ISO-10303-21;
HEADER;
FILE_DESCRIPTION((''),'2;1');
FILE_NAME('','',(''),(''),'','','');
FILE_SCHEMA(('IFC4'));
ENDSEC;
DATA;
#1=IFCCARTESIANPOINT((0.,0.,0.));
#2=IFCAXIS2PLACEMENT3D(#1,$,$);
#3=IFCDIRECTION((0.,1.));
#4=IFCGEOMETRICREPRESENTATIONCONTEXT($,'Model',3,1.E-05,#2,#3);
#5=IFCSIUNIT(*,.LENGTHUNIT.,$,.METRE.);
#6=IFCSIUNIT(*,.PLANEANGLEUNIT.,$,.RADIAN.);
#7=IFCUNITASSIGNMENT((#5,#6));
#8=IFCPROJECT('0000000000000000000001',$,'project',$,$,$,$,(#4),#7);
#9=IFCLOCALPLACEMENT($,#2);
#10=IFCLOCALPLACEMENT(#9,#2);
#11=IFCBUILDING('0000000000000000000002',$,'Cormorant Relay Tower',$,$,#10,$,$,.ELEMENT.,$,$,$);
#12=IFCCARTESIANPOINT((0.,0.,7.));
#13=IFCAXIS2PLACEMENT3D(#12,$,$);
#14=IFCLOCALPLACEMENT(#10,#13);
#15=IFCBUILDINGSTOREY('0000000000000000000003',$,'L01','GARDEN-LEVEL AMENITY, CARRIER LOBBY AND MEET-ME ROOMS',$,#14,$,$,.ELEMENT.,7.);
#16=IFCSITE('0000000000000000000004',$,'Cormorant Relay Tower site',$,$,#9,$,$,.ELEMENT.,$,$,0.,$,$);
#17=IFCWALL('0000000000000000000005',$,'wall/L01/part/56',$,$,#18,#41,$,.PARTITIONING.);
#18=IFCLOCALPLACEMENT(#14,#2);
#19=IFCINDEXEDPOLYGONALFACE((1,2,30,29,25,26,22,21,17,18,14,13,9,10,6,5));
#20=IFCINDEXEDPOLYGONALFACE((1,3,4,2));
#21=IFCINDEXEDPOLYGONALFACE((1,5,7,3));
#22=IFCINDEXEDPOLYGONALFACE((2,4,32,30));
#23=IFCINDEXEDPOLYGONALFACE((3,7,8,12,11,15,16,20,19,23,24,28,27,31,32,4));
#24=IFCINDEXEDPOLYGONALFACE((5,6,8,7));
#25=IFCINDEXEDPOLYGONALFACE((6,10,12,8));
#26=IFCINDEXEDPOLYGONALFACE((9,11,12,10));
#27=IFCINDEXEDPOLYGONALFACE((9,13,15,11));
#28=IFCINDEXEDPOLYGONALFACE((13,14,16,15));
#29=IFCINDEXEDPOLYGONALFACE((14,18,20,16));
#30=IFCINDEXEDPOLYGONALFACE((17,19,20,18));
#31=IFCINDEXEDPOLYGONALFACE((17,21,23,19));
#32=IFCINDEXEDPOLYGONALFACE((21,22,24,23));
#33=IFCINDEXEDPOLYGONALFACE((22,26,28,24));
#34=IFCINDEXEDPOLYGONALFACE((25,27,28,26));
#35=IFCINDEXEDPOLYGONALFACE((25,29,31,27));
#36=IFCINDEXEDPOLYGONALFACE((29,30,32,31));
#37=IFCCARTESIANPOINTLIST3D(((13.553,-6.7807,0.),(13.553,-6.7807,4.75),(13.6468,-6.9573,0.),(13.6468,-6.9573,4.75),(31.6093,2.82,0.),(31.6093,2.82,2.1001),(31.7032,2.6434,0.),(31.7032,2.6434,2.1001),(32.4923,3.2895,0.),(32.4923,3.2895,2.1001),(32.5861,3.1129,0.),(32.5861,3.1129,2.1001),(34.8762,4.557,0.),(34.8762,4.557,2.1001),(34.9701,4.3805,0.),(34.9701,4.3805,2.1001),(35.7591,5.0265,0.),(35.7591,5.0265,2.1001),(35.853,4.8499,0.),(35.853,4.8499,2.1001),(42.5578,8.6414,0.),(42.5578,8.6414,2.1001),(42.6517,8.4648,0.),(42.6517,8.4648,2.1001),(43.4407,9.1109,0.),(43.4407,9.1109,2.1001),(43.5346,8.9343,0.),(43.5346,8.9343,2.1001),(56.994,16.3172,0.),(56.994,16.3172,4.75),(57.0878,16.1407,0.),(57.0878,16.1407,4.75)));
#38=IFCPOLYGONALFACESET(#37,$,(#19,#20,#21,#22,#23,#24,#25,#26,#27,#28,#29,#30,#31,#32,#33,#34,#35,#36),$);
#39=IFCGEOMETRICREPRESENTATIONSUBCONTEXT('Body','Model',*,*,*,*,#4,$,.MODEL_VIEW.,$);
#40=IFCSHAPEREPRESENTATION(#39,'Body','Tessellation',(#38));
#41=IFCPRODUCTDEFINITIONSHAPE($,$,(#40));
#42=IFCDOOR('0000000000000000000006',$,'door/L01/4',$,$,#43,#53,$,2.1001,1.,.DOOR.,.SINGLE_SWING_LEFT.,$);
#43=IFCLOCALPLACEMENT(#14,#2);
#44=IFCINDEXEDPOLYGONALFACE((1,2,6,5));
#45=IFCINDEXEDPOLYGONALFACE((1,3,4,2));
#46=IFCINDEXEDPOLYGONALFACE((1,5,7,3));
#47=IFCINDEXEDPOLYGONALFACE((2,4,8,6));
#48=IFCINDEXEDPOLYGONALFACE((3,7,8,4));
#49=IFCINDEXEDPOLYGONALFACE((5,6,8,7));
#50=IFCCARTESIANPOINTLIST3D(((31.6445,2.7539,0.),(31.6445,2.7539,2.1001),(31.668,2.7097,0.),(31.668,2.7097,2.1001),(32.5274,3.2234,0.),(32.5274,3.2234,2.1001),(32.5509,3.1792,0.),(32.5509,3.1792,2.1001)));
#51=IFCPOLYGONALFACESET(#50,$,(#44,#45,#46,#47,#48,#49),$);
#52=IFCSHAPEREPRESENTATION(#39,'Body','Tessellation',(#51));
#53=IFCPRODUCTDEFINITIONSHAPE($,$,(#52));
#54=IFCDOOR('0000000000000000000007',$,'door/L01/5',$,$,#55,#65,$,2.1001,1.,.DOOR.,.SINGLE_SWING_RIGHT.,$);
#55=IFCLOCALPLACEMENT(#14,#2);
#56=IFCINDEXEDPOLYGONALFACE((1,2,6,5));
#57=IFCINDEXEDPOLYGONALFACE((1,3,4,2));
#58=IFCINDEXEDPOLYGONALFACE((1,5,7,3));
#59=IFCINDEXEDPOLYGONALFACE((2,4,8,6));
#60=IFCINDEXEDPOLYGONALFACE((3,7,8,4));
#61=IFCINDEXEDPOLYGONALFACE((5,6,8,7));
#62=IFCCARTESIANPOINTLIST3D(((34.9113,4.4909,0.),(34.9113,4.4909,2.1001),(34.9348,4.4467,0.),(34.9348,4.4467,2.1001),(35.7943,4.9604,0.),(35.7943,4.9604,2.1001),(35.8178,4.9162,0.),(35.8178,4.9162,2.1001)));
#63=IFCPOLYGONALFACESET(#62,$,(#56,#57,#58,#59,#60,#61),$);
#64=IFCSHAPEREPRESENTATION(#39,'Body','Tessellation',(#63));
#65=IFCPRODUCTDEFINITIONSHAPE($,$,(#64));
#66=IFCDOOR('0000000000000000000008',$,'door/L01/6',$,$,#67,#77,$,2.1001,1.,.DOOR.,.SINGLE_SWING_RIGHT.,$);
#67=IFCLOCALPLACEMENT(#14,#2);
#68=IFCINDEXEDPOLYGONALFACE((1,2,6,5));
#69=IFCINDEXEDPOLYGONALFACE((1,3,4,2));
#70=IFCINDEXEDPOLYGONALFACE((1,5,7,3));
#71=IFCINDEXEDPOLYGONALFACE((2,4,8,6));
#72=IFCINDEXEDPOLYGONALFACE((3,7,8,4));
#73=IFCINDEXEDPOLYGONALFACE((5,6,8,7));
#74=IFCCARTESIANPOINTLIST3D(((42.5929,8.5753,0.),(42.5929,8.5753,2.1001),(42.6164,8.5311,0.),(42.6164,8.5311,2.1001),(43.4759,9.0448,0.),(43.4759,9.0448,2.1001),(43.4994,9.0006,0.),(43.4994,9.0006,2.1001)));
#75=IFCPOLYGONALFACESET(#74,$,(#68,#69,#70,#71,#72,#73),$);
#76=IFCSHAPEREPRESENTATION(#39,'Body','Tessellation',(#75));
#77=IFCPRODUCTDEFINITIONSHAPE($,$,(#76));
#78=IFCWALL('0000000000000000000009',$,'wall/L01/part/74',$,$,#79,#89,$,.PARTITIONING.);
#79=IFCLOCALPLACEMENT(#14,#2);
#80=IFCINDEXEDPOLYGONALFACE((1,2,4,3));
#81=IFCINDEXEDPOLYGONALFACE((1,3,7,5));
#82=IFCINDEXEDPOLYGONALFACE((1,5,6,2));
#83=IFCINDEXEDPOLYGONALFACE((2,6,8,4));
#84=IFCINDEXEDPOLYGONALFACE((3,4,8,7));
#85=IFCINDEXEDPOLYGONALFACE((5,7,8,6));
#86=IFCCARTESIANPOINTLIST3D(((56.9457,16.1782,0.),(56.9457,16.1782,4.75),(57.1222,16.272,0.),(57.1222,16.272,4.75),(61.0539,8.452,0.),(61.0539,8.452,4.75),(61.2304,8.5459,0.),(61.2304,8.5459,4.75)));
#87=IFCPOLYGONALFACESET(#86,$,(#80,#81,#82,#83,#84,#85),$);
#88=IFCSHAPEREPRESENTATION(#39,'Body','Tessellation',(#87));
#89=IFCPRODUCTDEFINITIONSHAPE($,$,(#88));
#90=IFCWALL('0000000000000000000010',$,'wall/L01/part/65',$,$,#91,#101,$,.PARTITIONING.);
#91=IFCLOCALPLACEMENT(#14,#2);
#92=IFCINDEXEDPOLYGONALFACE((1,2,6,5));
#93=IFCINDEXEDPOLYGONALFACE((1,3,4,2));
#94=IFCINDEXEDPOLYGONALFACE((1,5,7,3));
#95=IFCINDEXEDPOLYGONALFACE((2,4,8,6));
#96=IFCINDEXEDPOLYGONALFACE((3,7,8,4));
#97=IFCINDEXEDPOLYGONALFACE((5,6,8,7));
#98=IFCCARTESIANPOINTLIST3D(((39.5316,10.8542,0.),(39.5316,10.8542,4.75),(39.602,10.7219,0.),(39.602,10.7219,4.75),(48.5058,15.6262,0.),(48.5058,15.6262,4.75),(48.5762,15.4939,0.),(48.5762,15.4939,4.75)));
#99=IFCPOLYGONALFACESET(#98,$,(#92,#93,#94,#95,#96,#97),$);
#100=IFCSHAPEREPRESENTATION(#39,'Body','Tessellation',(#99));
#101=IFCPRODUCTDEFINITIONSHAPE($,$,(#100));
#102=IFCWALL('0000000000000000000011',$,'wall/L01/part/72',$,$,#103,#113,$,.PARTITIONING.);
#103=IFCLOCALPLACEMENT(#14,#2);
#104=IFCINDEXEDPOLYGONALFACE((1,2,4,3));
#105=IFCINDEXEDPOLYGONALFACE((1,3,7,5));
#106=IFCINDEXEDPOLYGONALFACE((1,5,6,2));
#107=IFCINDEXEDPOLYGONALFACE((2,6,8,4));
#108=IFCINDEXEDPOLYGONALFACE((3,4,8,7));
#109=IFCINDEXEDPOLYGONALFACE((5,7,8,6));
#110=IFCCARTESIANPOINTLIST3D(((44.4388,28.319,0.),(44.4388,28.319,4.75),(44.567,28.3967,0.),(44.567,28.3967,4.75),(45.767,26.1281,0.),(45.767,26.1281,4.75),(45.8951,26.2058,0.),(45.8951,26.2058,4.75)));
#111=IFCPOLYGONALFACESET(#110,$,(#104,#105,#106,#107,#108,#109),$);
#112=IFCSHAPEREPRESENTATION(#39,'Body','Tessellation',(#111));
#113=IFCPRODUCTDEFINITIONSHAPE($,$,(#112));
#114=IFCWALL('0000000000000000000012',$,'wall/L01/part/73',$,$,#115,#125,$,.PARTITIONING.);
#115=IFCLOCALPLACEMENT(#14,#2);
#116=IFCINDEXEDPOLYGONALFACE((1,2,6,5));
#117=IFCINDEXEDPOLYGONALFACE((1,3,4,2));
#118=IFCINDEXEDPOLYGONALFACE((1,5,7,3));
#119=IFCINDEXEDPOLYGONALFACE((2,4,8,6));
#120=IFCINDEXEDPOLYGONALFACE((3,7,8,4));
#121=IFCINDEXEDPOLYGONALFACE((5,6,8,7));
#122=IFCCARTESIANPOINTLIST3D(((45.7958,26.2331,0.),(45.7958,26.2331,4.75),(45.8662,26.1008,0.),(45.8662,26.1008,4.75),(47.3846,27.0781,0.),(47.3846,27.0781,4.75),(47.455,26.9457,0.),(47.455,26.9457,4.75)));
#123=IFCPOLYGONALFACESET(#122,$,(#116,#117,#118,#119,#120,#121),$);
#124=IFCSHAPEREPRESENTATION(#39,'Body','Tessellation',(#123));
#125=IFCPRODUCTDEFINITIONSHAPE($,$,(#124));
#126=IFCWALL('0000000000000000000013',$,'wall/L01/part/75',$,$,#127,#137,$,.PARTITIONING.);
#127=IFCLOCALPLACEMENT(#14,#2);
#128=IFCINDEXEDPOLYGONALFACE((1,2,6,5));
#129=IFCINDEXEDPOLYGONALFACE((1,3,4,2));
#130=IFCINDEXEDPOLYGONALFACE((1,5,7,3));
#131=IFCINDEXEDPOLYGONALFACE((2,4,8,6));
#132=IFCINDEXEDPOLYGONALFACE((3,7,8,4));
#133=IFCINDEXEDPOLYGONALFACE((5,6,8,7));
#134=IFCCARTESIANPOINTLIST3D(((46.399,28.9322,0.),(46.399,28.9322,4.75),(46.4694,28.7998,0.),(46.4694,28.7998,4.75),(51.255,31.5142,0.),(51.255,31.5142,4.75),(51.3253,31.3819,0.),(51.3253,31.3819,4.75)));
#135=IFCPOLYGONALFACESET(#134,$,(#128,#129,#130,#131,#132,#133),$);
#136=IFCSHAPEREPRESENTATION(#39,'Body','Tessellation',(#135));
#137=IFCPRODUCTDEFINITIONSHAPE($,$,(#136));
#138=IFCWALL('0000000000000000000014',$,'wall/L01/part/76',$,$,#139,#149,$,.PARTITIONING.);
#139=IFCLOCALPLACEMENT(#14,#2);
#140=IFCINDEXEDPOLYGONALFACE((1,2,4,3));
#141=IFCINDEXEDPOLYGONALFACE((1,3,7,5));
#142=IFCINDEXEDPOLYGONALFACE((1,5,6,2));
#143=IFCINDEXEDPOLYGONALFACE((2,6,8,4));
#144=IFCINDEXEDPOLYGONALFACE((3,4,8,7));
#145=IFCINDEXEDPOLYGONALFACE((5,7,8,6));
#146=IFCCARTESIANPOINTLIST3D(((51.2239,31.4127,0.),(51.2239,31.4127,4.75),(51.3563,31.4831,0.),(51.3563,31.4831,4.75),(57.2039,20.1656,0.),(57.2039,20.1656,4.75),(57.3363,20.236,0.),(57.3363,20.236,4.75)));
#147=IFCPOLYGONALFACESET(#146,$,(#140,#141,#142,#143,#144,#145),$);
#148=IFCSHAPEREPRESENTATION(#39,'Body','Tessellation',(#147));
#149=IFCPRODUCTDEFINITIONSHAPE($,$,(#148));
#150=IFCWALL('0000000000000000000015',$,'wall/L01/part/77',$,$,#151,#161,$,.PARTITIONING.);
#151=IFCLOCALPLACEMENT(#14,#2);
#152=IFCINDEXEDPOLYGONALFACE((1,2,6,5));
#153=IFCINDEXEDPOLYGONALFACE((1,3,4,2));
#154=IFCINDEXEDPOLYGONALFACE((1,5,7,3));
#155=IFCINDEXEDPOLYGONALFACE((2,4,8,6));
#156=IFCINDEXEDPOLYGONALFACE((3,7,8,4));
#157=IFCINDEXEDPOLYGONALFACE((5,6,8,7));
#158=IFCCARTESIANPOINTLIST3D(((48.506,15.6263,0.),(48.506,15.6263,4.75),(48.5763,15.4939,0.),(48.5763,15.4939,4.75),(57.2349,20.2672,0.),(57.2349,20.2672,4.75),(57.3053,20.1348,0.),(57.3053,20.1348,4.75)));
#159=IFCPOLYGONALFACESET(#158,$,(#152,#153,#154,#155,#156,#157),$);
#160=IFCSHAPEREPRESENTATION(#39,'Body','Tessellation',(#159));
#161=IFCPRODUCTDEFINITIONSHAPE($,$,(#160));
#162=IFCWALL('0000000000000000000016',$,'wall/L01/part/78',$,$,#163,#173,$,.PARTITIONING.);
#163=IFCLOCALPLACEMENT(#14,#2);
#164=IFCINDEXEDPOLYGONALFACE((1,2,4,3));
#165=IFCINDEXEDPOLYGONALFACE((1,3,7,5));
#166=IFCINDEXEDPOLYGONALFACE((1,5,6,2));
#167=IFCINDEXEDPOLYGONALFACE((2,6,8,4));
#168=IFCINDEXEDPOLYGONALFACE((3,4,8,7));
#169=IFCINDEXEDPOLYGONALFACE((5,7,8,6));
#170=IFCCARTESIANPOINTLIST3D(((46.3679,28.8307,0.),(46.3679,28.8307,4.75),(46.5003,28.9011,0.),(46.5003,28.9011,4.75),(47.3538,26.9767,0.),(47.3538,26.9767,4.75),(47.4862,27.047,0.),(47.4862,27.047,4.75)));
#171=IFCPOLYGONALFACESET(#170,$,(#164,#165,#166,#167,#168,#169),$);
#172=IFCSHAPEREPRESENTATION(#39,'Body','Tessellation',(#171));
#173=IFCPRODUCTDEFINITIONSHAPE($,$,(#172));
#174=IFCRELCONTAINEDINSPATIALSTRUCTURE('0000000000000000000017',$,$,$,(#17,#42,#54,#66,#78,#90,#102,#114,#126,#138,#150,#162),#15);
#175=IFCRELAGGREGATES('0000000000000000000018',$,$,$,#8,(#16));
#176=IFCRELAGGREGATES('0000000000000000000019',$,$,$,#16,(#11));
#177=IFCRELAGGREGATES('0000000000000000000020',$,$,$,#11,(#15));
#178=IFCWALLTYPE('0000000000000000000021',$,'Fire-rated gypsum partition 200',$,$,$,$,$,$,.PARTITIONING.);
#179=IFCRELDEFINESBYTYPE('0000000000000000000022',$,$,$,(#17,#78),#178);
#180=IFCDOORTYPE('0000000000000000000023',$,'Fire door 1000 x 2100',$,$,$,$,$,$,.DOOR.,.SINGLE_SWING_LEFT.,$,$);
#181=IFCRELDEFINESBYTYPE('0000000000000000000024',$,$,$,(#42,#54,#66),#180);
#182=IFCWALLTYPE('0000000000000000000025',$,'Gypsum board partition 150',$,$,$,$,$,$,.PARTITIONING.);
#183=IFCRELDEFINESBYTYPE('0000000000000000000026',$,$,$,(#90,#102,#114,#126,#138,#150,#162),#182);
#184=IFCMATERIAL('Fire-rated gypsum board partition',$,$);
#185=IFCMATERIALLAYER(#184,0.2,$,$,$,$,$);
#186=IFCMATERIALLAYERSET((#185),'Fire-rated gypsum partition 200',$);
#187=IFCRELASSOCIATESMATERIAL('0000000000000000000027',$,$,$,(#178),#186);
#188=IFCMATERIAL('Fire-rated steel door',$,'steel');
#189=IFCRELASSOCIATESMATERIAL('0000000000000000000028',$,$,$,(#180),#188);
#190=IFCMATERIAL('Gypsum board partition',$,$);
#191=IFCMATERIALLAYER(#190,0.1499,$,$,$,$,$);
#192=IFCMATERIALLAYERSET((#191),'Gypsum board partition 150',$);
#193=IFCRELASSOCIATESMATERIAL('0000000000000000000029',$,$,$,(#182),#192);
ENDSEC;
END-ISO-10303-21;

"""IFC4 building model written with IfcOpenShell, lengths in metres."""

from ifc_helpers import new_model, si_unit, direction, frame, frame_2d, origin, place, context, subcontext, project, spatial, rectangle, extrude, material, layer, layer_set, type_object, element, fill, save


model = new_model("IFC4")

# Units and contexts
model_context = context("Model", 3, precision=1e-05, world=origin(), true_north=direction((0.0, 1.0)))
body_context = subcontext(model_context, "Body", "Model", "MODEL_VIEW")
ifc_project = project(units=[si_unit("LENGTHUNIT", "METRE"), si_unit("PLANEANGLEUNIT", "RADIAN")], contexts=[model_context])

# Site, building, storey
site_placement = place(None, origin())
site = spatial("IfcSite", under=ifc_project, at=site_placement, Name="Cormorant Relay Tower site", CompositionType="ELEMENT", RefElevation=0.0)
building_placement = place(site_placement, origin())
building = spatial("IfcBuilding", under=site, at=building_placement, Name="Cormorant Relay Tower", CompositionType="ELEMENT")
storey_placement = place(building_placement, frame((0.0, 0.0, 7.0)))
storey = spatial("IfcBuildingStorey", under=building, at=storey_placement, Name="L01", Description="GARDEN-LEVEL AMENITY, CARRIER LOBBY AND MEET-ME ROOMS", CompositionType="ELEMENT", Elevation=7.0)

# Wall, openings, doors
ifc_material_1 = material(Name="Fire-rated gypsum board partition")
ifc_layer_1 = layer(ifc_material_1, 0.2)
ifc_layer_set_1 = layer_set([ifc_layer_1], Name="Fire-rated gypsum partition 200")
wall_type_1 = type_object("IfcWallType", Name="Fire-rated gypsum partition 200", PredefinedType="PARTITIONING", material=ifc_layer_set_1)
wall_1_placement = place(storey_placement, frame((57.041, 16.229, 0.0), z_axis=(0.0, 0.0, 1.0), x_axis=(-0.882948, -0.469471, 0.0)))
wall_1 = element("IfcWall", 1, at=wall_1_placement, inside=storey, type_object=wall_type_1, Name="wall/L01/part/56", PredefinedType="PARTITIONING", context=body_context, shape_type="SweptSolid", body=[
    extrude(rectangle(XDim=49.2, YDim=0.2, at=frame_2d((24.6001, 0.0))), origin(), (0.0, 0.0, 1.0), 4.75),
])
opening_1_placement = place(wall_1_placement, frame((27.75, 0.0, 0.0)))
opening_1 = element("IfcOpeningElement", 2, at=opening_1_placement, cuts=wall_1, PredefinedType="OPENING", context=body_context, shape_type="SweptSolid", body=[
    extrude(rectangle(XDim=1.0, YDim=2.1001, at=frame_2d((0.5, 1.05))), frame((0.0, 0.1099, 0.0), z_axis=(0.0, -1.0, 0.0), x_axis=(1.0, 0.0, 0.0)), (0.0, 0.0, 1.0), 0.22),
])
opening_2_placement = place(wall_1_placement, frame((24.05, 0.0, 0.0)))
opening_2 = element("IfcOpeningElement", 3, at=opening_2_placement, cuts=wall_1, PredefinedType="OPENING", context=body_context, shape_type="SweptSolid", body=[
    extrude(rectangle(XDim=1.0, YDim=2.1001, at=frame_2d((0.5, 1.05))), frame((0.0, 0.1099, 0.0), z_axis=(0.0, -1.0, 0.0), x_axis=(1.0, 0.0, 0.0)), (0.0, 0.0, 1.0), 0.22),
])
opening_3_placement = place(wall_1_placement, frame((15.3501, 0.0, 0.0)))
opening_3 = element("IfcOpeningElement", 4, at=opening_3_placement, cuts=wall_1, PredefinedType="OPENING", context=body_context, shape_type="SweptSolid", body=[
    extrude(rectangle(XDim=1.0, YDim=2.1001, at=frame_2d((0.5, 1.05))), frame((0.0, 0.1099, 0.0), z_axis=(0.0, -1.0, 0.0), x_axis=(1.0, 0.0, 0.0)), (0.0, 0.0, 1.0), 0.22),
])
ifc_material_2 = material(Name="Fire-rated steel door", Category="steel")
door_type_1 = type_object("IfcDoorType", Name="Fire door 1000 x 2100", OperationType="SINGLE_SWING_LEFT", PredefinedType="DOOR", material=ifc_material_2)
door_1_placement = place(opening_1_placement, origin())
door_1 = element("IfcDoor", 5, at=door_1_placement, inside=storey, type_object=door_type_1, Name="door/L01/4", OperationType="SINGLE_SWING_LEFT", OverallHeight=2.1001, OverallWidth=1.0, PredefinedType="DOOR", context=body_context, shape_type="SweptSolid", body=[
    extrude(rectangle(XDim=1.0, YDim=2.1001, at=frame_2d((0.5, 1.05))), frame((0.0, 0.0249, 0.0), z_axis=(0.0, -1.0, 0.0), x_axis=(1.0, 0.0, 0.0)), (0.0, 0.0, 1.0), 0.05),
])
fill(opening_1, door_1)
door_2_placement = place(opening_2_placement, origin())
door_2 = element("IfcDoor", 6, at=door_2_placement, inside=storey, type_object=door_type_1, Name="door/L01/5", OperationType="SINGLE_SWING_RIGHT", OverallHeight=2.1001, OverallWidth=1.0, PredefinedType="DOOR", context=body_context, shape_type="SweptSolid", body=[
    extrude(rectangle(XDim=1.0, YDim=2.1001, at=frame_2d((0.5, 1.05))), frame((0.0, 0.0249, 0.0), z_axis=(0.0, -1.0, 0.0), x_axis=(1.0, 0.0, 0.0)), (0.0, 0.0, 1.0), 0.05),
])
fill(opening_2, door_2)
door_3_placement = place(opening_3_placement, origin())
door_3 = element("IfcDoor", 7, at=door_3_placement, inside=storey, type_object=door_type_1, Name="door/L01/6", OperationType="SINGLE_SWING_RIGHT", OverallHeight=2.1001, OverallWidth=1.0, PredefinedType="DOOR", context=body_context, shape_type="SweptSolid", body=[
    extrude(rectangle(XDim=1.0, YDim=2.1001, at=frame_2d((0.5, 1.05))), frame((0.0, 0.0249, 0.0), z_axis=(0.0, -1.0, 0.0), x_axis=(1.0, 0.0, 0.0)), (0.0, 0.0, 1.0), 0.05),
])
fill(opening_3, door_3)

# Wall
wall_2_placement = place(storey_placement, frame((57.0339, 16.2251, 0.0), z_axis=(0.0, 0.0, 1.0), x_axis=(0.469483, -0.882942, 0.0)))
element("IfcWall", 8, at=wall_2_placement, inside=storey, type_object=wall_type_1, Name="wall/L01/part/74", PredefinedType="PARTITIONING", context=body_context, shape_type="SweptSolid", body=[
    extrude(rectangle(XDim=8.7505, YDim=0.2, at=frame_2d((4.3752, 0.0))), origin(), (0.0, 0.0, 1.0), 4.75),
])

# Walls
ifc_material_3 = material(Name="Gypsum board partition")
ifc_layer_2 = layer(ifc_material_3, 0.1499)
ifc_layer_set_2 = layer_set([ifc_layer_2], Name="Gypsum board partition 150")
wall_type_2 = type_object("IfcWallType", Name="Gypsum board partition 150", PredefinedType="PARTITIONING", material=ifc_layer_set_2)
wall_3_placement = place(storey_placement, frame((48.541, 15.5601, 0.0), z_axis=(0.0, 0.0, 1.0), x_axis=(-0.882933, -0.469498, 0.0)))
element("IfcWall", 9, at=wall_3_placement, inside=storey, type_object=wall_type_2, Name="wall/L01/part/65", PredefinedType="PARTITIONING", context=body_context, shape_type="SweptSolid", body=[
    extrude(rectangle(XDim=10.1641, YDim=0.1499, at=frame_2d((5.082, 0.0))), origin(), (0.0, 0.0, 1.0), 4.75),
])
wall_4_placement = place(storey_placement, frame((45.8311, 26.167, 0.0), z_axis=(0.0, 0.0, 1.0), x_axis=(-0.518386, 0.855147, 0.0)))
element("IfcWall", 10, at=wall_4_placement, inside=storey, type_object=wall_type_2, Name="wall/L01/part/72", PredefinedType="PARTITIONING", context=body_context, shape_type="SweptSolid", body=[
    extrude(rectangle(XDim=2.562, YDim=0.1499, at=frame_2d((1.281, 0.0))), origin(), (0.0, 0.0, 1.0), 4.75),
])
wall_5_placement = place(storey_placement, frame((47.4199, 27.012, 0.0), z_axis=(0.0, 0.0, 1.0), x_axis=(-0.882912, -0.469539, 0.0)))
element("IfcWall", 11, at=wall_5_placement, inside=storey, type_object=wall_type_2, Name="wall/L01/part/73", PredefinedType="PARTITIONING", context=body_context, shape_type="SweptSolid", body=[
    extrude(rectangle(XDim=1.7996, YDim=0.1499, at=frame_2d((0.8999, 0.0))), origin(), (0.0, 0.0, 1.0), 4.75),
])
wall_6_placement = place(storey_placement, frame((46.4341, 28.866, 0.0), z_axis=(0.0, 0.0, 1.0), x_axis=(0.882942, 0.469482, 0.0)))
element("IfcWall", 12, at=wall_6_placement, inside=storey, type_object=wall_type_2, Name="wall/L01/part/75", PredefinedType="PARTITIONING", context=body_context, shape_type="SweptSolid", body=[
    extrude(rectangle(XDim=5.4998, YDim=0.1499, at=frame_2d((2.75, 0.0))), origin(), (0.0, 0.0, 1.0), 4.75),
])
wall_7_placement = place(storey_placement, frame((51.29, 31.448, 0.0), z_axis=(0.0, 0.0, 1.0), x_axis=(0.46946, -0.882954, 0.0)))
element("IfcWall", 13, at=wall_7_placement, inside=storey, type_object=wall_type_2, Name="wall/L01/part/76", PredefinedType="PARTITIONING", context=body_context, shape_type="SweptSolid", body=[
    extrude(rectangle(XDim=12.738, YDim=0.1499, at=frame_2d((6.3691, 0.0))), origin(), (0.0, 0.0, 1.0), 4.75),
])
wall_8_placement = place(storey_placement, frame((57.27, 20.2009, 0.0), z_axis=(0.0, 0.0, 1.0), x_axis=(-0.882965, -0.469438, 0.0)))
element("IfcWall", 14, at=wall_8_placement, inside=storey, type_object=wall_type_2, Name="wall/L01/part/77", PredefinedType="PARTITIONING", context=body_context, shape_type="SweptSolid", body=[
    extrude(rectangle(XDim=9.886, YDim=0.1499, at=frame_2d((4.9429, 0.0))), origin(), (0.0, 0.0, 1.0), 4.75),
])
wall_9_placement = place(storey_placement, frame((47.4199, 27.012, 0.0), z_axis=(0.0, 0.0, 1.0), x_axis=(-0.46949, 0.882938, 0.0)))
element("IfcWall", 15, at=wall_9_placement, inside=storey, type_object=wall_type_2, Name="wall/L01/part/78", PredefinedType="PARTITIONING", context=body_context, shape_type="SweptSolid", body=[
    extrude(rectangle(XDim=2.0999, YDim=0.1499, at=frame_2d((1.0498, 0.0))), origin(), (0.0, 0.0, 1.0), 4.75),
])

save(model, "model.ifc")
